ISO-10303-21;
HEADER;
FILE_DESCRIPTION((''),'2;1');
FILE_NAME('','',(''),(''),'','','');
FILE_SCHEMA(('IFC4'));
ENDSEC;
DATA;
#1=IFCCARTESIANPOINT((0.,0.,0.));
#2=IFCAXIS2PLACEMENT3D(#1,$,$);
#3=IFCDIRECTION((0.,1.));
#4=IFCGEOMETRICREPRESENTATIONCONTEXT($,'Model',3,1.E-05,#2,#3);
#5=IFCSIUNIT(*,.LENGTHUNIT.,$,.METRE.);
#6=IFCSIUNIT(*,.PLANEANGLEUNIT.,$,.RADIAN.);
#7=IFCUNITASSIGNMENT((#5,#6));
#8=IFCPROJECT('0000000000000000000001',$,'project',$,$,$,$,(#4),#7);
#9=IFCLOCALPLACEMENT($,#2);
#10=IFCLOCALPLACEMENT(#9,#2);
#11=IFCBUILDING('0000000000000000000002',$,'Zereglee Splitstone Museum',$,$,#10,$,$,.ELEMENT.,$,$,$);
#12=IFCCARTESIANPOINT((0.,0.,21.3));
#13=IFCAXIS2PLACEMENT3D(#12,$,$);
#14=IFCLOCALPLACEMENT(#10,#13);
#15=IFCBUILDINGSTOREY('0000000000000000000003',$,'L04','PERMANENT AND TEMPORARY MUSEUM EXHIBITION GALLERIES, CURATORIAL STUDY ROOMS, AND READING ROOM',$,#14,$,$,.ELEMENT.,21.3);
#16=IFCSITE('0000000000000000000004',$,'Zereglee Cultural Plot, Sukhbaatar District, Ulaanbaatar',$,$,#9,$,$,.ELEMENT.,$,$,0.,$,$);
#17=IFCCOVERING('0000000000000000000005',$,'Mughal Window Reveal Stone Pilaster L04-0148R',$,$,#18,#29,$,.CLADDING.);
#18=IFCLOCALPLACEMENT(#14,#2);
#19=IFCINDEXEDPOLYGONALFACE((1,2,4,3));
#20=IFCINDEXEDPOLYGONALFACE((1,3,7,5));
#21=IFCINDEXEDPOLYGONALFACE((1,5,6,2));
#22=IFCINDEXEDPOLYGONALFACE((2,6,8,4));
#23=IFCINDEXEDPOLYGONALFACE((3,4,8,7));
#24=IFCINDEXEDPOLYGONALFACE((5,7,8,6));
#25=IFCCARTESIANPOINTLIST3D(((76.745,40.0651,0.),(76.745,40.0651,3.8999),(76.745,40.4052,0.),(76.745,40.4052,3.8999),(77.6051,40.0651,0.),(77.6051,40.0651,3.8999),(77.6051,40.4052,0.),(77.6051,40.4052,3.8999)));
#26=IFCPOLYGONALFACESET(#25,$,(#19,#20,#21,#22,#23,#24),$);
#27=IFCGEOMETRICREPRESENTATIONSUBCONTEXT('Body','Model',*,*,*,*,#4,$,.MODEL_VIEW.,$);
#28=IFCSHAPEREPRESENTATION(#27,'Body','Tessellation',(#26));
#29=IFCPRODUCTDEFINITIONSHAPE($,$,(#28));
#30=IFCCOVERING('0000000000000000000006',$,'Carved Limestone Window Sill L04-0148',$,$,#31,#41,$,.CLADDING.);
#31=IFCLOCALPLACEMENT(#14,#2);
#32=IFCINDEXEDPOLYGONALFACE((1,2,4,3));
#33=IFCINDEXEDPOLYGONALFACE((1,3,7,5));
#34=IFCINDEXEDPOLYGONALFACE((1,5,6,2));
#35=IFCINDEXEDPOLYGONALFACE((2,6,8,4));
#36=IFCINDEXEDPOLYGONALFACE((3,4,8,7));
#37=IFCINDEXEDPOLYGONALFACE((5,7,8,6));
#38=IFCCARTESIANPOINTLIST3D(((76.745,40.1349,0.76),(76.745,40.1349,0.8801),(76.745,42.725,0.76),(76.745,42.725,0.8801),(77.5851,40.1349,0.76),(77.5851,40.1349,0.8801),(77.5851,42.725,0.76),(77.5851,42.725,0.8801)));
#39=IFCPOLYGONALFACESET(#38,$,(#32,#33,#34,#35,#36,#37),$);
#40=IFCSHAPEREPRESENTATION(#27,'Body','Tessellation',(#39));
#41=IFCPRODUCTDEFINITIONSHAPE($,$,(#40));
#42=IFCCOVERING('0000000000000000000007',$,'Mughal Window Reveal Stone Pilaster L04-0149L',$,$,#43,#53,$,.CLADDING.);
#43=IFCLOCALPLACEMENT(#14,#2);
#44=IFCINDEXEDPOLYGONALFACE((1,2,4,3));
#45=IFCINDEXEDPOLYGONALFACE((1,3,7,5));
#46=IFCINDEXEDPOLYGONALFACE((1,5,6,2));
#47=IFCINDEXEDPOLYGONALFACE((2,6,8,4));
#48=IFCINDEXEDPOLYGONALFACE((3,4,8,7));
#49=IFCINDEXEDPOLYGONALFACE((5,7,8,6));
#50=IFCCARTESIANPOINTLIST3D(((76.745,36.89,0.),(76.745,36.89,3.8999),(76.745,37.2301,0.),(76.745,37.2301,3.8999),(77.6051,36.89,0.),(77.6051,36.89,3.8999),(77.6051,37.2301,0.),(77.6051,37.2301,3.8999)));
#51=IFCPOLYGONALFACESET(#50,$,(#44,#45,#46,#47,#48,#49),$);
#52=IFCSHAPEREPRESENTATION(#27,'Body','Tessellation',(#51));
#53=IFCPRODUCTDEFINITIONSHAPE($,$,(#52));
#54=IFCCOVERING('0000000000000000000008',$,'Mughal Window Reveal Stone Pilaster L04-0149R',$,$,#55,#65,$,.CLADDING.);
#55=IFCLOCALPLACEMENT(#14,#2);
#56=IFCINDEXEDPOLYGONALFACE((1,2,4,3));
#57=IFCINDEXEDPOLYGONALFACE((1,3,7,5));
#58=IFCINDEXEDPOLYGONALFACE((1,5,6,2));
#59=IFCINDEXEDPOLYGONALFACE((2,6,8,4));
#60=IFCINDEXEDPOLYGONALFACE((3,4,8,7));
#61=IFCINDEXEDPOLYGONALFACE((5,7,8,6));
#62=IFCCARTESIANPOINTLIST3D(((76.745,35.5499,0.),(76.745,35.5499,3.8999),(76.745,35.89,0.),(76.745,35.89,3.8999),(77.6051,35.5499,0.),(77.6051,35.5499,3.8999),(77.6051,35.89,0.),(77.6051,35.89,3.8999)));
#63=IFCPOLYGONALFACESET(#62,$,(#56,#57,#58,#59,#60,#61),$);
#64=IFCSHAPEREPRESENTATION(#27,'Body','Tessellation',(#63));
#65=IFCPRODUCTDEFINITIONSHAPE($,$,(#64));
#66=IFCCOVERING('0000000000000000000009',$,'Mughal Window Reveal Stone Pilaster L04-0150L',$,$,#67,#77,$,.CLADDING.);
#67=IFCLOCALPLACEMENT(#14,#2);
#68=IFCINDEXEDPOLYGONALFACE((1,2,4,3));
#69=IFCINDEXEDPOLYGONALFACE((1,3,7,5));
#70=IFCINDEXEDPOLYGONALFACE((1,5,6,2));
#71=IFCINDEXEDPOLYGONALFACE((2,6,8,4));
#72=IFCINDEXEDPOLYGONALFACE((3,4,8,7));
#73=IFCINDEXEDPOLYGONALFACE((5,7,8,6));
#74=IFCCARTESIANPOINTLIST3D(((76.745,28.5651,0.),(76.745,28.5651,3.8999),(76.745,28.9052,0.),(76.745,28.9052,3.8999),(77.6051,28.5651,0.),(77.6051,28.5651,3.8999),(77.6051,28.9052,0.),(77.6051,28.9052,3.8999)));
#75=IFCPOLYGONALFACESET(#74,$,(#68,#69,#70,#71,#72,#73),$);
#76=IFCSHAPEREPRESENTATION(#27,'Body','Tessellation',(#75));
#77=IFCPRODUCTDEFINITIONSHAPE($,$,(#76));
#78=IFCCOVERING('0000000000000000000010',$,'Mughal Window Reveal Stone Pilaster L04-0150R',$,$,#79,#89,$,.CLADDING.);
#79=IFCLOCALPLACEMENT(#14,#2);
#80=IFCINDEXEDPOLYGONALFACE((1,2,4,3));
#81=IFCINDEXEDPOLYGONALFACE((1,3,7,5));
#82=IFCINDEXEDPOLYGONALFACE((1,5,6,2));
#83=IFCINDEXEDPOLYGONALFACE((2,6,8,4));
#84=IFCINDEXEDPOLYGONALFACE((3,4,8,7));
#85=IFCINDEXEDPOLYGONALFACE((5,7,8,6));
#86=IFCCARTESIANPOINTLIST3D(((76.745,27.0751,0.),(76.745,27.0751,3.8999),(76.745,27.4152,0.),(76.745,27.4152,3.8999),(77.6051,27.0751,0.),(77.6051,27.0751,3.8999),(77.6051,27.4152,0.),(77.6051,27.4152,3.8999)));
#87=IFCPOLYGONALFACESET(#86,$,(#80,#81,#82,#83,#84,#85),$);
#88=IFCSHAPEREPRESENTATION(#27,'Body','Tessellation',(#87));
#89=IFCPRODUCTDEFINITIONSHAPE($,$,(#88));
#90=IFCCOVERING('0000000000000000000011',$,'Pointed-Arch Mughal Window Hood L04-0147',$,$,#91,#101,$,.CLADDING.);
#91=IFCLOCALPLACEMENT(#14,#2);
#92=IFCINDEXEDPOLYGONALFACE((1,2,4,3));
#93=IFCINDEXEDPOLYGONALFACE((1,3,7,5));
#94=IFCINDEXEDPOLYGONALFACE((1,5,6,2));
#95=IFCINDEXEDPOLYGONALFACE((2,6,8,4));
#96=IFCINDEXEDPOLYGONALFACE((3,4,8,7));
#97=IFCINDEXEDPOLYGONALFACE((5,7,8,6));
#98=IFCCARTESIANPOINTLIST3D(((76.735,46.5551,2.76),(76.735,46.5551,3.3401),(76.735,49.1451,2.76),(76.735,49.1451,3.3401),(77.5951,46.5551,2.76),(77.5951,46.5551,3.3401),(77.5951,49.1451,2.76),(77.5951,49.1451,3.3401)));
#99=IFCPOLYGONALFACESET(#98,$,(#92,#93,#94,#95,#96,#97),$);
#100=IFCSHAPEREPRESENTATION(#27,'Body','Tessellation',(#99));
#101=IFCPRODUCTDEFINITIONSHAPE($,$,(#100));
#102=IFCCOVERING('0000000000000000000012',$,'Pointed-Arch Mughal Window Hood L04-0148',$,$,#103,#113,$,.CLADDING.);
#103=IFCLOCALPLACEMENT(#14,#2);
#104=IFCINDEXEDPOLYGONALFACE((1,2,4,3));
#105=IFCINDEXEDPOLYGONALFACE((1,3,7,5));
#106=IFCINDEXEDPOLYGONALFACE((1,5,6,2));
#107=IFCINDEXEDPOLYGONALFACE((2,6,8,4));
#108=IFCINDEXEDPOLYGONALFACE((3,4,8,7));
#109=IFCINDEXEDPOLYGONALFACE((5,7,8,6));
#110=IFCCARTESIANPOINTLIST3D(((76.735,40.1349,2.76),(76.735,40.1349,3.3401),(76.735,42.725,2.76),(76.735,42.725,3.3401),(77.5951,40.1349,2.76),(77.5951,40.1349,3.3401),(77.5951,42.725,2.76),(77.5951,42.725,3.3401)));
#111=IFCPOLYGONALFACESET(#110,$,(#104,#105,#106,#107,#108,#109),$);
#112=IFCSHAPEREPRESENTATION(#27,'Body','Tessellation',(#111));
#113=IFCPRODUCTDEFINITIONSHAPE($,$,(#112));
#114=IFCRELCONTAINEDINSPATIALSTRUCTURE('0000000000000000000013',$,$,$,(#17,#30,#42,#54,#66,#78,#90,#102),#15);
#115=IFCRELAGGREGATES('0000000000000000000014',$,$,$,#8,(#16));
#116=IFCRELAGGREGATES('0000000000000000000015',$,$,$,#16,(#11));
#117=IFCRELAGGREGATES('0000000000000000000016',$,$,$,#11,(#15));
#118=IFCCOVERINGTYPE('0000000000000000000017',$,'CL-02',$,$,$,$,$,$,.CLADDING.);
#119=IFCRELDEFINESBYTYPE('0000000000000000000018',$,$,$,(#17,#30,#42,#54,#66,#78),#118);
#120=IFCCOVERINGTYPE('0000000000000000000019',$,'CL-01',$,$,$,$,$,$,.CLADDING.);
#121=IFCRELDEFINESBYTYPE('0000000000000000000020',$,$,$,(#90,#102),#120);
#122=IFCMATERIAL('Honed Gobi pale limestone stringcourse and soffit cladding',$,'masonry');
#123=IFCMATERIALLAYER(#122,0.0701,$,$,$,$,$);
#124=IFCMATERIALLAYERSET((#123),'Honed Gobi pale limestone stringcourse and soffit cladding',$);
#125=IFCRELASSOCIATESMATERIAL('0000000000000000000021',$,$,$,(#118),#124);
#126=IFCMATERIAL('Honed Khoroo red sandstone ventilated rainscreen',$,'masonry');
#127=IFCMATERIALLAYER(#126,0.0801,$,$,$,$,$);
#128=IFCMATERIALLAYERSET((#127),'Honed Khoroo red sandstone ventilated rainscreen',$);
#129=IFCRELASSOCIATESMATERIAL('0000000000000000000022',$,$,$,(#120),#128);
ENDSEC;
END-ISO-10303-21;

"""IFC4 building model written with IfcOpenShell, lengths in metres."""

from ifc_helpers import new_model, si_unit, direction, frame, origin, origin_2d, place, context, subcontext, project, spatial, rectangle, extrude, material, layer, layer_set, type_object, element, save


model = new_model("IFC4")

# Units and contexts
model_context = context("Model", 3, precision=1e-05, world=origin(), true_north=direction((0.0, 1.0)))
body_context = subcontext(model_context, "Body", "Model", "MODEL_VIEW")
ifc_project = project(units=[si_unit("LENGTHUNIT", "METRE"), si_unit("PLANEANGLEUNIT", "RADIAN")], contexts=[model_context])

# Site, building, storey
site_placement = place(None, origin())
site = spatial("IfcSite", under=ifc_project, at=site_placement, Name="Zereglee Cultural Plot, Sukhbaatar District, Ulaanbaatar", CompositionType="ELEMENT", RefElevation=0.0)
building_placement = place(site_placement, origin())
building = spatial("IfcBuilding", under=site, at=building_placement, Name="Zereglee Splitstone Museum", CompositionType="ELEMENT")
storey_placement = place(building_placement, frame((0.0, 0.0, 21.3)))
storey = spatial("IfcBuildingStorey", under=building, at=storey_placement, Name="L04", Description="PERMANENT AND TEMPORARY MUSEUM EXHIBITION GALLERIES, CURATORIAL STUDY ROOMS, AND READING ROOM", CompositionType="ELEMENT", Elevation=21.3)

# Coverings
ifc_material_1 = material(Name="Honed Gobi pale limestone stringcourse and soffit cladding", Category="masonry")
ifc_layer_1 = layer(ifc_material_1, 0.0701)
ifc_layer_set_1 = layer_set([ifc_layer_1], Name="Honed Gobi pale limestone stringcourse and soffit cladding")
covering_type_1 = type_object("IfcCoveringType", Name="CL-02", PredefinedType="CLADDING", material=ifc_layer_set_1)
for number, where, z_axis, x_axis, name in (
    (1, (77.175, 40.2351, 0.0), (0.0, 0.0, 1.0), (0.0, -1.0, 0.0), "Mughal Window Reveal Stone Pilaster L04-0148R"),
):
    element("IfcCovering", number, at=place(storey_placement, frame(where, z_axis=z_axis, x_axis=x_axis)), inside=storey, type_object=covering_type_1, Name=name, PredefinedType="CLADDING", context=body_context, shape_type="SweptSolid", body=[
        extrude(rectangle(XDim=0.3401, YDim=0.8601, at=origin_2d()), origin(), (0.0, 0.0, 1.0), 3.8999),
    ])
covering_1_placement = place(storey_placement, frame((77.165, 41.4299, 0.76), z_axis=(0.0, 0.0, 1.0), x_axis=(0.0, -1.0, 0.0)))
element("IfcCovering", 2, at=covering_1_placement, inside=storey, type_object=covering_type_1, Name="Carved Limestone Window Sill L04-0148", PredefinedType="CLADDING", context=body_context, shape_type="SweptSolid", body=[
    extrude(rectangle(XDim=2.5901, YDim=0.8401, at=origin_2d()), origin(), (0.0, 0.0, 1.0), 0.1201),
])
for number, where, z_axis, x_axis, name in (
    (3, (77.175, 37.0601, 0.0), (0.0, 0.0, 1.0), (0.0, -1.0, 0.0), "Mughal Window Reveal Stone Pilaster L04-0149L"),
    (4, (77.175, 35.72, 0.0), (0.0, 0.0, 1.0), (0.0, -1.0, 0.0), "Mughal Window Reveal Stone Pilaster L04-0149R"),
    (5, (77.175, 28.7351, 0.0), (0.0, 0.0, 1.0), (0.0, -1.0, 0.0), "Mughal Window Reveal Stone Pilaster L04-0150L"),
    (6, (77.175, 27.2451, 0.0), (0.0, 0.0, 1.0), (0.0, -1.0, 0.0), "Mughal Window Reveal Stone Pilaster L04-0150R"),
):
    element("IfcCovering", number, at=place(storey_placement, frame(where, z_axis=z_axis, x_axis=x_axis)), inside=storey, type_object=covering_type_1, Name=name, PredefinedType="CLADDING", context=body_context, shape_type="SweptSolid", body=[
        extrude(rectangle(XDim=0.3401, YDim=0.8601, at=origin_2d()), origin(), (0.0, 0.0, 1.0), 3.8999),
    ])
ifc_material_2 = material(Name="Honed Khoroo red sandstone ventilated rainscreen", Category="masonry")
ifc_layer_2 = layer(ifc_material_2, 0.0801)
ifc_layer_set_2 = layer_set([ifc_layer_2], Name="Honed Khoroo red sandstone ventilated rainscreen")
covering_type_2 = type_object("IfcCoveringType", Name="CL-01", PredefinedType="CLADDING", material=ifc_layer_set_2)
for number, where, z_axis, x_axis, name in (
    (7, (77.165, 47.8501, 2.76), (0.0, 0.0, 1.0), (0.0, -1.0, 0.0), "Pointed-Arch Mughal Window Hood L04-0147"),
    (8, (77.165, 41.4299, 2.76), (0.0, 0.0, 1.0), (0.0, -1.0, 0.0), "Pointed-Arch Mughal Window Hood L04-0148"),
):
    element("IfcCovering", number, at=place(storey_placement, frame(where, z_axis=z_axis, x_axis=x_axis)), inside=storey, type_object=covering_type_2, Name=name, PredefinedType="CLADDING", context=body_context, shape_type="SweptSolid", body=[
        extrude(rectangle(XDim=2.5901, YDim=0.8601, at=origin_2d()), origin(), (0.0, 0.0, 1.0), 0.5801),
    ])

save(model, "model.ifc")
